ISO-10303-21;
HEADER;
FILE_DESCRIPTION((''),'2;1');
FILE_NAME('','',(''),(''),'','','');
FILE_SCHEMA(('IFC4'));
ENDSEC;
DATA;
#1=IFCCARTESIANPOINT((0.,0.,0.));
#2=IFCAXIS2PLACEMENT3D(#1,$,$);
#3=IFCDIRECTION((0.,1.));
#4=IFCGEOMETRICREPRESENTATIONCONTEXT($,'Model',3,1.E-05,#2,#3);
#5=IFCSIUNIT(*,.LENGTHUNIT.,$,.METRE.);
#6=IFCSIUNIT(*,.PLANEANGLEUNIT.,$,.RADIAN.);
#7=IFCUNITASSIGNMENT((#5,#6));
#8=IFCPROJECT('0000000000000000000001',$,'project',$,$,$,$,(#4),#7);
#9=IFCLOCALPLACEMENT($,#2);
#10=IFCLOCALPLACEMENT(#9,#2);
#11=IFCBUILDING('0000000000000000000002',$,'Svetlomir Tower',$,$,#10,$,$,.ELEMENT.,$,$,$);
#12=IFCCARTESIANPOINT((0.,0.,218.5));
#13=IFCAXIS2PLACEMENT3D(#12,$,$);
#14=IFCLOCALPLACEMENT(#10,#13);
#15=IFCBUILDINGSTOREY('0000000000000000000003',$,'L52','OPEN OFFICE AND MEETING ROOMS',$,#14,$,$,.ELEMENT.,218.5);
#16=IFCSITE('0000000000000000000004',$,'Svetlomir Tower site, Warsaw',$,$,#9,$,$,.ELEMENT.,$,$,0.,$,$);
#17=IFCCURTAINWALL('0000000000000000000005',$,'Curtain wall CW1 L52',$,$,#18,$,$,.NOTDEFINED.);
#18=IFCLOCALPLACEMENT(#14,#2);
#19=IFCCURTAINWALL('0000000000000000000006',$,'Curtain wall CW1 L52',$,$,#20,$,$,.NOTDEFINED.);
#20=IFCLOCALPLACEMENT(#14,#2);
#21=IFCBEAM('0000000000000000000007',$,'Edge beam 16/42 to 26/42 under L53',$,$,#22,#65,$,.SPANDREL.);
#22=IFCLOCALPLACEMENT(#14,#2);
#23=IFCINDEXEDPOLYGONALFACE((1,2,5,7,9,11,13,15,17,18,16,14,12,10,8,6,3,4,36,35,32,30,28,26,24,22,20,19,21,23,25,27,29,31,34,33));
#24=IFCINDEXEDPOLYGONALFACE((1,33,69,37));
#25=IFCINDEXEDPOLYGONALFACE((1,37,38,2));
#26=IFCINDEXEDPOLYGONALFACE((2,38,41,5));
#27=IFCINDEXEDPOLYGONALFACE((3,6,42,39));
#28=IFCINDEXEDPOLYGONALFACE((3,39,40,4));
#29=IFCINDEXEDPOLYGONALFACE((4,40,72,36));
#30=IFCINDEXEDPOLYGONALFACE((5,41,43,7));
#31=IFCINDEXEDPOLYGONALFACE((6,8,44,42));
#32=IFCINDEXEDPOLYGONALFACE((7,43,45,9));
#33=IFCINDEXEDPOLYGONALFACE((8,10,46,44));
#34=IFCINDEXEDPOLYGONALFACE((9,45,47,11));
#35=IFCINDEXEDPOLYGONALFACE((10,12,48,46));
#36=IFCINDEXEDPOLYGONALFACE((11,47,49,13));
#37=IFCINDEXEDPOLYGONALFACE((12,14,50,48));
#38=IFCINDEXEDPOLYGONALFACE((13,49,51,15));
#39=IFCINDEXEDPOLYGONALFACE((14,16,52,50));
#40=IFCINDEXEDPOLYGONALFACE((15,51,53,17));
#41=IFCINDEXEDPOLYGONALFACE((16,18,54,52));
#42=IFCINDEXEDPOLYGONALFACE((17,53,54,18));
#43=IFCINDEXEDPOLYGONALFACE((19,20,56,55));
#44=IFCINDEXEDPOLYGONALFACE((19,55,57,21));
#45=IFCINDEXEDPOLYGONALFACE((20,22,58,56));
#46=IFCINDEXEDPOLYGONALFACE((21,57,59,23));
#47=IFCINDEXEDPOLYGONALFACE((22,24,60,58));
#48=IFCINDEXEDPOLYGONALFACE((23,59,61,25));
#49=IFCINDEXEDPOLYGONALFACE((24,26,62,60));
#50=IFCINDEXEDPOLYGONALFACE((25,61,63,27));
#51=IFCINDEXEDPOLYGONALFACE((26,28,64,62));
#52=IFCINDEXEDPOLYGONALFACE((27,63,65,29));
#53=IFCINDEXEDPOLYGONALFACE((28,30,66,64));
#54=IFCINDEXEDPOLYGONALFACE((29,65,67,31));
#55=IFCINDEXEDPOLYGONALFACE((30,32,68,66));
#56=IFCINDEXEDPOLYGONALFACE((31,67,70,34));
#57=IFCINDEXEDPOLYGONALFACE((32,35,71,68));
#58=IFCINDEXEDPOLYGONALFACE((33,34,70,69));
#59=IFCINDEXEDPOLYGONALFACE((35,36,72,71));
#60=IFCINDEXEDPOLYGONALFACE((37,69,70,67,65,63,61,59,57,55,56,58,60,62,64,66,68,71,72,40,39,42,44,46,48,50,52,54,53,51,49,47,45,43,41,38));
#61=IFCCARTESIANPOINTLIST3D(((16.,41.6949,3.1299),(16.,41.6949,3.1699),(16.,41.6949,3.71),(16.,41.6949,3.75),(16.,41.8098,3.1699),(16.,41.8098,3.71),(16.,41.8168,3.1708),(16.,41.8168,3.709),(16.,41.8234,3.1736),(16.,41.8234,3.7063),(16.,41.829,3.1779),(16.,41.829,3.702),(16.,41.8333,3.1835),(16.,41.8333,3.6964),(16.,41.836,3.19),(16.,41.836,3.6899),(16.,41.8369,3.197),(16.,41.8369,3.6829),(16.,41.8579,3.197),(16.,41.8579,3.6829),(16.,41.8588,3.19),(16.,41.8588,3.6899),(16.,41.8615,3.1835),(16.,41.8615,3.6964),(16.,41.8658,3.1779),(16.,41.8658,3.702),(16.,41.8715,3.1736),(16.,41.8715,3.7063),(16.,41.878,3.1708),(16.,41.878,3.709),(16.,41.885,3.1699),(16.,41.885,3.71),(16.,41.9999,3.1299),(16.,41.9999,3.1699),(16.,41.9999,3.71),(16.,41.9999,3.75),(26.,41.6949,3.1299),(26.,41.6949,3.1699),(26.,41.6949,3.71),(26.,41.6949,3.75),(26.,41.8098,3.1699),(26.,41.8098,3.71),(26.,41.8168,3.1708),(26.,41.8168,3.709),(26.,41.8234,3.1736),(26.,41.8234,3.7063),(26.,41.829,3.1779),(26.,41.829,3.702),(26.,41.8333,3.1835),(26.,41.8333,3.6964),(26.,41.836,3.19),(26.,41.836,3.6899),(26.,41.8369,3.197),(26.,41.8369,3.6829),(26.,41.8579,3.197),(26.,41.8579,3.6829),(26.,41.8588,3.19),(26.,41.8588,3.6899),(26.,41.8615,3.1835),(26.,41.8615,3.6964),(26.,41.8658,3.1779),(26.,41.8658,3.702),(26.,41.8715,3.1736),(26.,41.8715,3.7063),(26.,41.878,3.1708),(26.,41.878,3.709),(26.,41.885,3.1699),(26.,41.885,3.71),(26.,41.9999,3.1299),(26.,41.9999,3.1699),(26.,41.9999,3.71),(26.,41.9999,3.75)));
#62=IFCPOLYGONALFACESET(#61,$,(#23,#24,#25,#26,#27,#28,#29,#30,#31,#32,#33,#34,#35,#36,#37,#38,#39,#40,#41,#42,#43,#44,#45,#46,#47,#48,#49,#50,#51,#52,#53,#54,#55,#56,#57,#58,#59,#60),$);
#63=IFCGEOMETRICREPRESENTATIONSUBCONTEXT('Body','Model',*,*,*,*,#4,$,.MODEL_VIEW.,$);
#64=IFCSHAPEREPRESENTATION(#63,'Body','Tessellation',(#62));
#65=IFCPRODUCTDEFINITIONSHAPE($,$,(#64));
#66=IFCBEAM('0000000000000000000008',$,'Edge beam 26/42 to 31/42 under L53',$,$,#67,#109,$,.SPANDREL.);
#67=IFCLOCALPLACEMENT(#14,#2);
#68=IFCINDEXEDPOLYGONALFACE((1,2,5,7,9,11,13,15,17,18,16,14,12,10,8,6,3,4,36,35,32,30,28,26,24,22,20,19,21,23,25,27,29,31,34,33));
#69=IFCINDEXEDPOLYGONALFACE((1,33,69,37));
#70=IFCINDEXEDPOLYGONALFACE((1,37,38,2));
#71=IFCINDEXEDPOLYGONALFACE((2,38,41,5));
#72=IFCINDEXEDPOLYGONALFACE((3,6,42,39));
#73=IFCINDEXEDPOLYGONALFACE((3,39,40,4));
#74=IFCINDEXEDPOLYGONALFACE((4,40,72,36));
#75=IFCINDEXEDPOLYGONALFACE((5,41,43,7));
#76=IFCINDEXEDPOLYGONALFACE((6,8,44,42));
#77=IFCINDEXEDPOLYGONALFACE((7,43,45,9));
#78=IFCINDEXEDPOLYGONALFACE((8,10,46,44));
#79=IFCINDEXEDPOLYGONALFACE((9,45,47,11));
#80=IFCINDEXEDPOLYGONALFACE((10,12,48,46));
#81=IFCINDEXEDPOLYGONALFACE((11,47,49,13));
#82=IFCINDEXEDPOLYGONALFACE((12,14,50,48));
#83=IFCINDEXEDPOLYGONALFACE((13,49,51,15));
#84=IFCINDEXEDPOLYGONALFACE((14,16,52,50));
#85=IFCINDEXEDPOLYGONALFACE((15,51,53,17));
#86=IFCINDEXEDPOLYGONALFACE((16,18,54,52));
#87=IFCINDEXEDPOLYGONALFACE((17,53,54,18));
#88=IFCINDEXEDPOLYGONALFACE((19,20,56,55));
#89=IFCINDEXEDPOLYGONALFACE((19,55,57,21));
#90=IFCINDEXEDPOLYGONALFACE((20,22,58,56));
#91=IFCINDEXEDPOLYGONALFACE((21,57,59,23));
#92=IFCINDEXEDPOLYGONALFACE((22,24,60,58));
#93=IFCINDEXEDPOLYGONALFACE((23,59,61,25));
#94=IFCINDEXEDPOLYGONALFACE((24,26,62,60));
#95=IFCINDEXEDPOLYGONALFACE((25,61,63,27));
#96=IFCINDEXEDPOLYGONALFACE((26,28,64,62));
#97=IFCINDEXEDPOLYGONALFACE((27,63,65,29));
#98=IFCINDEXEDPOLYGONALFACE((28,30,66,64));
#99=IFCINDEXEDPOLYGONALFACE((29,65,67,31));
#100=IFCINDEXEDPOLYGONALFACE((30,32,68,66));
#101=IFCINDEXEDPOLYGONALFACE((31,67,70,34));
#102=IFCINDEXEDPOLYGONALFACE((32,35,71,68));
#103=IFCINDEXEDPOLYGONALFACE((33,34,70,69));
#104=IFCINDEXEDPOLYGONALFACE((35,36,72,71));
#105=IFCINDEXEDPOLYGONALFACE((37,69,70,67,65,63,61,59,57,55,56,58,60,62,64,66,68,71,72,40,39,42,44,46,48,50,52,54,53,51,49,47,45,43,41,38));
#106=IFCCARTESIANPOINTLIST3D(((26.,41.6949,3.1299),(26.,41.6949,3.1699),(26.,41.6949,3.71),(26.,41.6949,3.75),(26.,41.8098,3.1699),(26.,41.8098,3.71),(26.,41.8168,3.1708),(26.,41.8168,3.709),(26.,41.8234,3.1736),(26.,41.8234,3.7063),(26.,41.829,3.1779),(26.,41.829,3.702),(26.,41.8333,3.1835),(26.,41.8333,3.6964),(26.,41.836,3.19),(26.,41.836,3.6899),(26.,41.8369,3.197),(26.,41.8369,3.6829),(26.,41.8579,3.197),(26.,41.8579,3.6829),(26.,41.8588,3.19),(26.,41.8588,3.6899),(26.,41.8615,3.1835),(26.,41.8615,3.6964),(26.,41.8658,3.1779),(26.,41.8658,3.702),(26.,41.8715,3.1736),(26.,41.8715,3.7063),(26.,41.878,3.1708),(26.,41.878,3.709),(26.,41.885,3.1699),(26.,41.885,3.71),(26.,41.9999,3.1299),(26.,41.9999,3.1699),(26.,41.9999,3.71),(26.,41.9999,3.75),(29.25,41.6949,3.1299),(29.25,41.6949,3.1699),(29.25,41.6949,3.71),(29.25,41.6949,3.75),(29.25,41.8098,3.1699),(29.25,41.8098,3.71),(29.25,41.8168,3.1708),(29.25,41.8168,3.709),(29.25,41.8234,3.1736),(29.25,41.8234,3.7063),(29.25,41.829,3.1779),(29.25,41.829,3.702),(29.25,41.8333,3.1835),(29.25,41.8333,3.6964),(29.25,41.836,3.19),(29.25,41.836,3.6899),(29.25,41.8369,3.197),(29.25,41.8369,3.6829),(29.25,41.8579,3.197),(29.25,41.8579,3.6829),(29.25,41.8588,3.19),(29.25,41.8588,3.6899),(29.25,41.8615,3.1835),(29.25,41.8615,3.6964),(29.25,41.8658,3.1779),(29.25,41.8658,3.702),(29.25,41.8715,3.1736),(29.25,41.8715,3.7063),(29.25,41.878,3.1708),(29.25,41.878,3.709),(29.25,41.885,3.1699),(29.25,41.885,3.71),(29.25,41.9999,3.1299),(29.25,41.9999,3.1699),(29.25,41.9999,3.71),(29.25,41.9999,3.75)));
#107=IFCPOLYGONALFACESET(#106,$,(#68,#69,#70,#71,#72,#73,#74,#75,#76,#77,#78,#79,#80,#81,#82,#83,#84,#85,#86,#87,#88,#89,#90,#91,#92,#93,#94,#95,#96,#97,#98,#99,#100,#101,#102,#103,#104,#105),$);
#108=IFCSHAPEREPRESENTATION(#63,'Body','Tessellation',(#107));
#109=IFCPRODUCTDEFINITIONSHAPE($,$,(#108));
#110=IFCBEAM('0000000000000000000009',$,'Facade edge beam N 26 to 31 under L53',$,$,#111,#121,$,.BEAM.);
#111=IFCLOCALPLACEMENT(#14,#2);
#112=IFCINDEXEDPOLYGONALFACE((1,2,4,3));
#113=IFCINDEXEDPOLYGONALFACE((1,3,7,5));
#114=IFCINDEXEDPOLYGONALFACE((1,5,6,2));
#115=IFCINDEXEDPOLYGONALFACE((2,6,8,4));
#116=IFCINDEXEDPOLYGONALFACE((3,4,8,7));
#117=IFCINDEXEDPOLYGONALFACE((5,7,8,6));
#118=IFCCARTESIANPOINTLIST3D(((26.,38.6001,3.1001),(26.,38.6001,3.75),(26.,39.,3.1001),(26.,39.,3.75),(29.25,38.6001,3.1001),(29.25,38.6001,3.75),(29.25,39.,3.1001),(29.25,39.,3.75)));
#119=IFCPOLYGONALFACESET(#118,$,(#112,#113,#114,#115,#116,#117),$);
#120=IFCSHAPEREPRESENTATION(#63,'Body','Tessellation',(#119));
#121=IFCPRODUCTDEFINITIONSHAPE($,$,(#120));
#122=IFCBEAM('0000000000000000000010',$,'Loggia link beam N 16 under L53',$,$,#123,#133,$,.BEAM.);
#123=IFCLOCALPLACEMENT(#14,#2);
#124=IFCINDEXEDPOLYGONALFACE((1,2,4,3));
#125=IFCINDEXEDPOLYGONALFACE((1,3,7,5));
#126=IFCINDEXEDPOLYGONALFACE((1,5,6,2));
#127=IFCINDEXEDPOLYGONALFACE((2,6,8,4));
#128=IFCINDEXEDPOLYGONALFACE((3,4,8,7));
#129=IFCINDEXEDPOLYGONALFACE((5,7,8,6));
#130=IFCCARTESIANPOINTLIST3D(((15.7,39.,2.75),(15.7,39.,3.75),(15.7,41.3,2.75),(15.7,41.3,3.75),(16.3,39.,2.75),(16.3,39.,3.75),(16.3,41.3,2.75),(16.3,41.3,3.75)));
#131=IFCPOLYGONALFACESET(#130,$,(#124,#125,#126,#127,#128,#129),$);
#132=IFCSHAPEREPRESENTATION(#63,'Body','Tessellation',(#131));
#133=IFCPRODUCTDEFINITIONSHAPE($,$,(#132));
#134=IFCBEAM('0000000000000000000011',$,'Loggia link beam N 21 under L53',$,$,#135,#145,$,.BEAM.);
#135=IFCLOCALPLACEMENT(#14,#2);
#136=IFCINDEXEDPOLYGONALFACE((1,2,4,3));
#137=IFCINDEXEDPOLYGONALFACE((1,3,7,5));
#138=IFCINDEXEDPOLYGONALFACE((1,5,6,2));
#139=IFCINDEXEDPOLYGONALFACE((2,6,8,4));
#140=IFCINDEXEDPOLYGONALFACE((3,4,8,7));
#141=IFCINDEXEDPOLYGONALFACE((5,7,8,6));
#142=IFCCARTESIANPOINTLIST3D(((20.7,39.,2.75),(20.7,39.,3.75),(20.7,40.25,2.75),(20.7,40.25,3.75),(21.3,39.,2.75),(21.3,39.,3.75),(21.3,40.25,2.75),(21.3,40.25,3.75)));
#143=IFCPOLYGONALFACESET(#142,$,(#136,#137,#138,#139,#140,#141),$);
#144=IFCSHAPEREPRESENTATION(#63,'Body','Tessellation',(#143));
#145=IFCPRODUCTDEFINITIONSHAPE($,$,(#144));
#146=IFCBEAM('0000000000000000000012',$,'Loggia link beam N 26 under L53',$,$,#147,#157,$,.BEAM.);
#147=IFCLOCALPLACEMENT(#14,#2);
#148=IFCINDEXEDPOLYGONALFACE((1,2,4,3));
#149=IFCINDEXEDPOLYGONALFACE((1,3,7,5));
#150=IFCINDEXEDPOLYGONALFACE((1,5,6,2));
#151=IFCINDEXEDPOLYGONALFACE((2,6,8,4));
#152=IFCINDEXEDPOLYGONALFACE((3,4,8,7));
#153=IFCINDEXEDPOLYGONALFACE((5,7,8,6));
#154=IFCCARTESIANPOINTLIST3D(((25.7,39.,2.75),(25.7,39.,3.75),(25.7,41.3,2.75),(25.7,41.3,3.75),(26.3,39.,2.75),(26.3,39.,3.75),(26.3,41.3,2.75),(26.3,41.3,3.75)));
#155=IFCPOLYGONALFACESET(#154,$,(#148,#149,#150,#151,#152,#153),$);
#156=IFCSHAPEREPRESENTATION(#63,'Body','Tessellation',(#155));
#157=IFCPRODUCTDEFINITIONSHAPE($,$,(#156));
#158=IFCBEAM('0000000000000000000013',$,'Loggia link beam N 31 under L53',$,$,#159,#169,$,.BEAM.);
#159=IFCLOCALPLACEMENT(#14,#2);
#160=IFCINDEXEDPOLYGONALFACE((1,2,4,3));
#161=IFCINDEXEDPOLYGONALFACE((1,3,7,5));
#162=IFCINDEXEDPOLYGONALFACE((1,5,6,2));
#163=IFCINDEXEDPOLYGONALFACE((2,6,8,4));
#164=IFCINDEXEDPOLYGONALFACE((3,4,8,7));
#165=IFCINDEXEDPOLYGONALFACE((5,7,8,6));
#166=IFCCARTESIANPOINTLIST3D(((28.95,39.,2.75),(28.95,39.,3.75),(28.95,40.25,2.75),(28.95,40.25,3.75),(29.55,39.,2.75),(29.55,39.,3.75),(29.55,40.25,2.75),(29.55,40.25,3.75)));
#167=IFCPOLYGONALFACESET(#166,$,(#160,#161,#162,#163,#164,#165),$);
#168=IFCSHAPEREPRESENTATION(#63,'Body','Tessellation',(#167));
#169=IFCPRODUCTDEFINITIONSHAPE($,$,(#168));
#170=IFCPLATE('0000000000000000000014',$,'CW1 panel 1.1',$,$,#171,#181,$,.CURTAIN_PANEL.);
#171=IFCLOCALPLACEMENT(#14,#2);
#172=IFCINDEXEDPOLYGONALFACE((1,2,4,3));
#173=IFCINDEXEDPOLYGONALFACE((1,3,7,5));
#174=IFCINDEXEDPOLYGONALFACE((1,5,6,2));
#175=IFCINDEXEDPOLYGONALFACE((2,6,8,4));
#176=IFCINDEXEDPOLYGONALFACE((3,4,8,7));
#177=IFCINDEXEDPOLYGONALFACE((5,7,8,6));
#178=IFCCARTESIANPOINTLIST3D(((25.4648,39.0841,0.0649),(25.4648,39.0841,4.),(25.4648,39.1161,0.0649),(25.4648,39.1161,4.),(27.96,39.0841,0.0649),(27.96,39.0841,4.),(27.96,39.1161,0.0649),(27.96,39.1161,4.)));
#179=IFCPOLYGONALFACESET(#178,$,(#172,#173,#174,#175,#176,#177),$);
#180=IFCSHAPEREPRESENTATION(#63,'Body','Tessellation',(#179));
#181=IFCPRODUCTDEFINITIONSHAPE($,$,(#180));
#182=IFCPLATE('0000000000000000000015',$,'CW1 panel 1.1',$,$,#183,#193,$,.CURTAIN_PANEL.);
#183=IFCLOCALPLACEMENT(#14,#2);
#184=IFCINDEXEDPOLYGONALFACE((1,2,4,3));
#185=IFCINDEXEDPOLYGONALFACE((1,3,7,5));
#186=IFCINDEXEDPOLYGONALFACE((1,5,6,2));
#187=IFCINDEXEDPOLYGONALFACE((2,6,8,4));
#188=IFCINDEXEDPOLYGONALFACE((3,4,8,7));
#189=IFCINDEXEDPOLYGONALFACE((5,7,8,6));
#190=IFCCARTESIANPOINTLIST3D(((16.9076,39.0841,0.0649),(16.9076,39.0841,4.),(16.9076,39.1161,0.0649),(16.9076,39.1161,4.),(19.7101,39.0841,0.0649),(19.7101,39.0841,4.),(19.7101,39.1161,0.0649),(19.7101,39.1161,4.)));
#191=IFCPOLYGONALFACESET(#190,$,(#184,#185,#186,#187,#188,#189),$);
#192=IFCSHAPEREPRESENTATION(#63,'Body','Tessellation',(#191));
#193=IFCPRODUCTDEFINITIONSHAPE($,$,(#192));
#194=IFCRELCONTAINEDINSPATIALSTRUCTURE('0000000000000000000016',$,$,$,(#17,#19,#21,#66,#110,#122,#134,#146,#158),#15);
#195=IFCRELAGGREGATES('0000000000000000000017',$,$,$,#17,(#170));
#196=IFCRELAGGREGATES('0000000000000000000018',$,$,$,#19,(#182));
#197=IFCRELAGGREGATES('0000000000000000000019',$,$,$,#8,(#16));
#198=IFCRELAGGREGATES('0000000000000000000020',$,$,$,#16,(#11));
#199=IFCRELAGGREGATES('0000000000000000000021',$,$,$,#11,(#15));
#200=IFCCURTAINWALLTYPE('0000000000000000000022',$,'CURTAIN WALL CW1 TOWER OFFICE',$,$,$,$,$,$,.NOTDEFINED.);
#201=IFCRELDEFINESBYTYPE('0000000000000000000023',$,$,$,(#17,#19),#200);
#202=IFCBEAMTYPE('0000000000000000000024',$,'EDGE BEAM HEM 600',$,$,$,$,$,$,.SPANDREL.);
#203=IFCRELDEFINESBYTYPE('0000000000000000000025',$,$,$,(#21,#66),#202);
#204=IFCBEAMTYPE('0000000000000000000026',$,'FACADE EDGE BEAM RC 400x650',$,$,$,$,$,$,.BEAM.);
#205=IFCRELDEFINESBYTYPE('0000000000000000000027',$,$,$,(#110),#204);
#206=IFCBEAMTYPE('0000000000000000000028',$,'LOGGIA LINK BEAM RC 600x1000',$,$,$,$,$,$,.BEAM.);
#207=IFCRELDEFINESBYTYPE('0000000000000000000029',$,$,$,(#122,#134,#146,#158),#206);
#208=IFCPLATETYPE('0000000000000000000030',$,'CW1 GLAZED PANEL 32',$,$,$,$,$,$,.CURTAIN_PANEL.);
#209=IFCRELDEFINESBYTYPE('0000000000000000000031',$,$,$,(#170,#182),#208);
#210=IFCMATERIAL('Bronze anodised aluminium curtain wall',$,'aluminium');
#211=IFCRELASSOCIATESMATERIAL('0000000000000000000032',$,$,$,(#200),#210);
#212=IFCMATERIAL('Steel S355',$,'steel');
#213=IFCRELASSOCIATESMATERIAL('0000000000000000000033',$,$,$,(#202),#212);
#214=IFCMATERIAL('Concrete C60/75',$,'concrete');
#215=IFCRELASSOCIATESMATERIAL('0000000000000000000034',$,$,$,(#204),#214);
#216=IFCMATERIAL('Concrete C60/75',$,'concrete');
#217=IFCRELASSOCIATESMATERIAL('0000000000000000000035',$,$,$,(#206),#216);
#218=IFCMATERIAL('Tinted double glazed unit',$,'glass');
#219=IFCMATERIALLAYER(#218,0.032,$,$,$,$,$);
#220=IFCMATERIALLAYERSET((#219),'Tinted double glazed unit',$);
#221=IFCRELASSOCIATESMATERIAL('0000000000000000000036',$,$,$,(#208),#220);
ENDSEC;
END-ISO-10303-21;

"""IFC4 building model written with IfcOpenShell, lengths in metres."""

from ifc_helpers import new_model, si_unit, direction, frame, origin, origin_2d, place, context, subcontext, project, spatial, rectangle, i_section, extrude, material, layer, layer_set, material_profile, profile_set, type_object, element, aggregate, save


model = new_model("IFC4")

# Units and contexts
model_context = context("Model", 3, precision=1e-05, world=origin(), true_north=direction((0.0, 1.0)))
body_context = subcontext(model_context, "Body", "Model", "MODEL_VIEW")
ifc_project = project(units=[si_unit("LENGTHUNIT", "METRE"), si_unit("PLANEANGLEUNIT", "RADIAN")], contexts=[model_context])

# Site, building, storey
site_placement = place(None, origin())
site = spatial("IfcSite", under=ifc_project, at=site_placement, Name="Svetlomir Tower site, Warsaw", CompositionType="ELEMENT", RefElevation=0.0)
building_placement = place(site_placement, origin())
building = spatial("IfcBuilding", under=site, at=building_placement, Name="Svetlomir Tower", CompositionType="ELEMENT")
storey_placement = place(building_placement, frame((0.0, 0.0, 218.5)))
storey = spatial("IfcBuildingStorey", under=building, at=storey_placement, Name="L52", Description="OPEN OFFICE AND MEETING ROOMS", CompositionType="ELEMENT", Elevation=218.5)

# Shared definitions
ifc_material_1 = material(Name="Bronze anodised aluminium curtain wall", Category="aluminium")
curtain_wall_type = type_object("IfcCurtainWallType", Name="CURTAIN WALL CW1 TOWER OFFICE", PredefinedType="NOTDEFINED", material=ifc_material_1)

# Curtain walls
curtain_wall_1_placement = place(storey_placement, origin())
curtain_wall_1 = element("IfcCurtainWall", 1, at=curtain_wall_1_placement, inside=storey, type_object=curtain_wall_type, Name="Curtain wall CW1 L52", PredefinedType="NOTDEFINED")
curtain_wall_2_placement = place(storey_placement, origin())
curtain_wall_2 = element("IfcCurtainWall", 2, at=curtain_wall_2_placement, inside=storey, type_object=curtain_wall_type, Name="Curtain wall CW1 L52", PredefinedType="NOTDEFINED")

# Beams
ifc_material_2 = material(Name="Steel S355", Category="steel")
ifc_material_profile_1 = material_profile(ifc_material_2, i_section(OverallWidth=0.3049, OverallDepth=0.6201, WebThickness=0.021, FlangeThickness=0.04, FilletRadius=0.0271, at=origin_2d()), Name="HEM 600")
ifc_profile_set_1 = profile_set([ifc_material_profile_1], Name="Steel S355")
beam_type_1 = type_object("IfcBeamType", Name="EDGE BEAM HEM 600", PredefinedType="SPANDREL", material=ifc_profile_set_1)
beam_1_placement = place(storey_placement, frame((16.0, 41.8474, 3.4399), z_axis=(1.0, 0.0, 0.0), x_axis=(0.0, 1.0, 0.0)))
element("IfcBeam", 3, at=beam_1_placement, inside=storey, type_object=beam_type_1, Name="Edge beam 16/42 to 26/42 under L53", PredefinedType="SPANDREL", context=body_context, shape_type="SweptSolid", body=[
    extrude(i_section(OverallWidth=0.3049, OverallDepth=0.6201, WebThickness=0.021, FlangeThickness=0.04, FilletRadius=0.0271, at=origin_2d()), origin(), (0.0, 0.0, 1.0), 10.0),
])
beam_2_placement = place(storey_placement, frame((26.0, 41.8474, 3.4399), z_axis=(1.0, 0.0, 0.0), x_axis=(0.0, 1.0, 0.0)))
element("IfcBeam", 4, at=beam_2_placement, inside=storey, type_object=beam_type_1, Name="Edge beam 26/42 to 31/42 under L53", PredefinedType="SPANDREL", context=body_context, shape_type="SweptSolid", body=[
    extrude(i_section(OverallWidth=0.3049, OverallDepth=0.6201, WebThickness=0.021, FlangeThickness=0.04, FilletRadius=0.0271, at=origin_2d()), origin(), (0.0, 0.0, 1.0), 3.25),
])
ifc_material_3 = material(Name="Concrete C60/75", Category="concrete")
ifc_material_profile_2 = material_profile(ifc_material_3, rectangle(XDim=0.3999, YDim=0.6499, at=origin_2d()), Name="RC 400x650")
ifc_profile_set_2 = profile_set([ifc_material_profile_2], Name="Concrete C60/75")
beam_type_2 = type_object("IfcBeamType", Name="FACADE EDGE BEAM RC 400x650", PredefinedType="BEAM", material=ifc_profile_set_2)
beam_3_placement = place(storey_placement, frame((26.0, 38.8, 3.425), z_axis=(1.0, 0.0, 0.0), x_axis=(0.0, 1.0, 0.0)))
element("IfcBeam", 5, at=beam_3_placement, inside=storey, type_object=beam_type_2, Name="Facade edge beam N 26 to 31 under L53", PredefinedType="BEAM", context=body_context, shape_type="SweptSolid", body=[
    extrude(rectangle(XDim=0.3999, YDim=0.6499, at=origin_2d()), origin(), (0.0, 0.0, 1.0), 3.25),
])
ifc_material_4 = material(Name="Concrete C60/75", Category="concrete")
ifc_material_profile_3 = material_profile(ifc_material_4, rectangle(XDim=0.6001, YDim=1.0, at=origin_2d()), Name="RC 600x1000")
ifc_profile_set_3 = profile_set([ifc_material_profile_3], Name="Concrete C60/75")
beam_type_3 = type_object("IfcBeamType", Name="LOGGIA LINK BEAM RC 600x1000", PredefinedType="BEAM", material=ifc_profile_set_3)
beam_4_placement = place(storey_placement, frame((16.0, 41.3, 3.25), z_axis=(0.0, -1.0, 0.0), x_axis=(1.0, 0.0, 0.0)))
element("IfcBeam", 6, at=beam_4_placement, inside=storey, type_object=beam_type_3, Name="Loggia link beam N 16 under L53", PredefinedType="BEAM", context=body_context, shape_type="SweptSolid", body=[
    extrude(rectangle(XDim=0.6001, YDim=1.0, at=origin_2d()), origin(), (0.0, 0.0, 1.0), 2.3),
])
beam_5_placement = place(storey_placement, frame((21.0, 40.25, 3.25), z_axis=(0.0, -1.0, 0.0), x_axis=(1.0, 0.0, 0.0)))
element("IfcBeam", 7, at=beam_5_placement, inside=storey, type_object=beam_type_3, Name="Loggia link beam N 21 under L53", PredefinedType="BEAM", context=body_context, shape_type="SweptSolid", body=[
    extrude(rectangle(XDim=0.6001, YDim=1.0, at=origin_2d()), origin(), (0.0, 0.0, 1.0), 1.25),
])
beam_6_placement = place(storey_placement, frame((26.0, 41.3, 3.25), z_axis=(0.0, -1.0, 0.0), x_axis=(1.0, 0.0, 0.0)))
element("IfcBeam", 8, at=beam_6_placement, inside=storey, type_object=beam_type_3, Name="Loggia link beam N 26 under L53", PredefinedType="BEAM", context=body_context, shape_type="SweptSolid", body=[
    extrude(rectangle(XDim=0.6001, YDim=1.0, at=origin_2d()), origin(), (0.0, 0.0, 1.0), 2.3),
])
beam_7_placement = place(storey_placement, frame((29.25, 40.25, 3.25), z_axis=(0.0, -1.0, 0.0), x_axis=(1.0, 0.0, 0.0)))
element("IfcBeam", 9, at=beam_7_placement, inside=storey, type_object=beam_type_3, Name="Loggia link beam N 31 under L53", PredefinedType="BEAM", context=body_context, shape_type="SweptSolid", body=[
    extrude(rectangle(XDim=0.6001, YDim=1.0, at=origin_2d()), origin(), (0.0, 0.0, 1.0), 1.25),
])

# Plates
ifc_material_5 = material(Name="Tinted double glazed unit", Category="glass")
ifc_layer_1 = layer(ifc_material_5, 0.032)
ifc_layer_set_1 = layer_set([ifc_layer_1], Name="Tinted double glazed unit")
plate_type = type_object("IfcPlateType", Name="CW1 GLAZED PANEL 32", PredefinedType="CURTAIN_PANEL", material=ifc_layer_set_1)
plate_1_placement = place(storey_placement, frame((26.7124, 39.1001, 0.0649), z_axis=(0.0, 0.0, 1.0), x_axis=(-1.0, 0.0, 0.0)))
plate_1 = element("IfcPlate", 10, at=plate_1_placement, type_object=plate_type, Name="CW1 panel 1.1", PredefinedType="CURTAIN_PANEL", context=body_context, shape_type="SweptSolid", body=[
    extrude(rectangle(XDim=2.4951, YDim=0.032, at=origin_2d()), origin(), (0.0, 0.0, 1.0), 3.9351),
])
aggregate(curtain_wall_1, [plate_1])
plate_2_placement = place(storey_placement, frame((18.3088, 39.1001, 0.0649), z_axis=(0.0, 0.0, 1.0), x_axis=(-1.0, 0.0, 0.0)))
plate_2 = element("IfcPlate", 11, at=plate_2_placement, type_object=plate_type, Name="CW1 panel 1.1", PredefinedType="CURTAIN_PANEL", context=body_context, shape_type="SweptSolid", body=[
    extrude(rectangle(XDim=2.8025, YDim=0.032, at=origin_2d()), origin(), (0.0, 0.0, 1.0), 3.9351),
])
aggregate(curtain_wall_2, [plate_2])

save(model, "model.ifc")
